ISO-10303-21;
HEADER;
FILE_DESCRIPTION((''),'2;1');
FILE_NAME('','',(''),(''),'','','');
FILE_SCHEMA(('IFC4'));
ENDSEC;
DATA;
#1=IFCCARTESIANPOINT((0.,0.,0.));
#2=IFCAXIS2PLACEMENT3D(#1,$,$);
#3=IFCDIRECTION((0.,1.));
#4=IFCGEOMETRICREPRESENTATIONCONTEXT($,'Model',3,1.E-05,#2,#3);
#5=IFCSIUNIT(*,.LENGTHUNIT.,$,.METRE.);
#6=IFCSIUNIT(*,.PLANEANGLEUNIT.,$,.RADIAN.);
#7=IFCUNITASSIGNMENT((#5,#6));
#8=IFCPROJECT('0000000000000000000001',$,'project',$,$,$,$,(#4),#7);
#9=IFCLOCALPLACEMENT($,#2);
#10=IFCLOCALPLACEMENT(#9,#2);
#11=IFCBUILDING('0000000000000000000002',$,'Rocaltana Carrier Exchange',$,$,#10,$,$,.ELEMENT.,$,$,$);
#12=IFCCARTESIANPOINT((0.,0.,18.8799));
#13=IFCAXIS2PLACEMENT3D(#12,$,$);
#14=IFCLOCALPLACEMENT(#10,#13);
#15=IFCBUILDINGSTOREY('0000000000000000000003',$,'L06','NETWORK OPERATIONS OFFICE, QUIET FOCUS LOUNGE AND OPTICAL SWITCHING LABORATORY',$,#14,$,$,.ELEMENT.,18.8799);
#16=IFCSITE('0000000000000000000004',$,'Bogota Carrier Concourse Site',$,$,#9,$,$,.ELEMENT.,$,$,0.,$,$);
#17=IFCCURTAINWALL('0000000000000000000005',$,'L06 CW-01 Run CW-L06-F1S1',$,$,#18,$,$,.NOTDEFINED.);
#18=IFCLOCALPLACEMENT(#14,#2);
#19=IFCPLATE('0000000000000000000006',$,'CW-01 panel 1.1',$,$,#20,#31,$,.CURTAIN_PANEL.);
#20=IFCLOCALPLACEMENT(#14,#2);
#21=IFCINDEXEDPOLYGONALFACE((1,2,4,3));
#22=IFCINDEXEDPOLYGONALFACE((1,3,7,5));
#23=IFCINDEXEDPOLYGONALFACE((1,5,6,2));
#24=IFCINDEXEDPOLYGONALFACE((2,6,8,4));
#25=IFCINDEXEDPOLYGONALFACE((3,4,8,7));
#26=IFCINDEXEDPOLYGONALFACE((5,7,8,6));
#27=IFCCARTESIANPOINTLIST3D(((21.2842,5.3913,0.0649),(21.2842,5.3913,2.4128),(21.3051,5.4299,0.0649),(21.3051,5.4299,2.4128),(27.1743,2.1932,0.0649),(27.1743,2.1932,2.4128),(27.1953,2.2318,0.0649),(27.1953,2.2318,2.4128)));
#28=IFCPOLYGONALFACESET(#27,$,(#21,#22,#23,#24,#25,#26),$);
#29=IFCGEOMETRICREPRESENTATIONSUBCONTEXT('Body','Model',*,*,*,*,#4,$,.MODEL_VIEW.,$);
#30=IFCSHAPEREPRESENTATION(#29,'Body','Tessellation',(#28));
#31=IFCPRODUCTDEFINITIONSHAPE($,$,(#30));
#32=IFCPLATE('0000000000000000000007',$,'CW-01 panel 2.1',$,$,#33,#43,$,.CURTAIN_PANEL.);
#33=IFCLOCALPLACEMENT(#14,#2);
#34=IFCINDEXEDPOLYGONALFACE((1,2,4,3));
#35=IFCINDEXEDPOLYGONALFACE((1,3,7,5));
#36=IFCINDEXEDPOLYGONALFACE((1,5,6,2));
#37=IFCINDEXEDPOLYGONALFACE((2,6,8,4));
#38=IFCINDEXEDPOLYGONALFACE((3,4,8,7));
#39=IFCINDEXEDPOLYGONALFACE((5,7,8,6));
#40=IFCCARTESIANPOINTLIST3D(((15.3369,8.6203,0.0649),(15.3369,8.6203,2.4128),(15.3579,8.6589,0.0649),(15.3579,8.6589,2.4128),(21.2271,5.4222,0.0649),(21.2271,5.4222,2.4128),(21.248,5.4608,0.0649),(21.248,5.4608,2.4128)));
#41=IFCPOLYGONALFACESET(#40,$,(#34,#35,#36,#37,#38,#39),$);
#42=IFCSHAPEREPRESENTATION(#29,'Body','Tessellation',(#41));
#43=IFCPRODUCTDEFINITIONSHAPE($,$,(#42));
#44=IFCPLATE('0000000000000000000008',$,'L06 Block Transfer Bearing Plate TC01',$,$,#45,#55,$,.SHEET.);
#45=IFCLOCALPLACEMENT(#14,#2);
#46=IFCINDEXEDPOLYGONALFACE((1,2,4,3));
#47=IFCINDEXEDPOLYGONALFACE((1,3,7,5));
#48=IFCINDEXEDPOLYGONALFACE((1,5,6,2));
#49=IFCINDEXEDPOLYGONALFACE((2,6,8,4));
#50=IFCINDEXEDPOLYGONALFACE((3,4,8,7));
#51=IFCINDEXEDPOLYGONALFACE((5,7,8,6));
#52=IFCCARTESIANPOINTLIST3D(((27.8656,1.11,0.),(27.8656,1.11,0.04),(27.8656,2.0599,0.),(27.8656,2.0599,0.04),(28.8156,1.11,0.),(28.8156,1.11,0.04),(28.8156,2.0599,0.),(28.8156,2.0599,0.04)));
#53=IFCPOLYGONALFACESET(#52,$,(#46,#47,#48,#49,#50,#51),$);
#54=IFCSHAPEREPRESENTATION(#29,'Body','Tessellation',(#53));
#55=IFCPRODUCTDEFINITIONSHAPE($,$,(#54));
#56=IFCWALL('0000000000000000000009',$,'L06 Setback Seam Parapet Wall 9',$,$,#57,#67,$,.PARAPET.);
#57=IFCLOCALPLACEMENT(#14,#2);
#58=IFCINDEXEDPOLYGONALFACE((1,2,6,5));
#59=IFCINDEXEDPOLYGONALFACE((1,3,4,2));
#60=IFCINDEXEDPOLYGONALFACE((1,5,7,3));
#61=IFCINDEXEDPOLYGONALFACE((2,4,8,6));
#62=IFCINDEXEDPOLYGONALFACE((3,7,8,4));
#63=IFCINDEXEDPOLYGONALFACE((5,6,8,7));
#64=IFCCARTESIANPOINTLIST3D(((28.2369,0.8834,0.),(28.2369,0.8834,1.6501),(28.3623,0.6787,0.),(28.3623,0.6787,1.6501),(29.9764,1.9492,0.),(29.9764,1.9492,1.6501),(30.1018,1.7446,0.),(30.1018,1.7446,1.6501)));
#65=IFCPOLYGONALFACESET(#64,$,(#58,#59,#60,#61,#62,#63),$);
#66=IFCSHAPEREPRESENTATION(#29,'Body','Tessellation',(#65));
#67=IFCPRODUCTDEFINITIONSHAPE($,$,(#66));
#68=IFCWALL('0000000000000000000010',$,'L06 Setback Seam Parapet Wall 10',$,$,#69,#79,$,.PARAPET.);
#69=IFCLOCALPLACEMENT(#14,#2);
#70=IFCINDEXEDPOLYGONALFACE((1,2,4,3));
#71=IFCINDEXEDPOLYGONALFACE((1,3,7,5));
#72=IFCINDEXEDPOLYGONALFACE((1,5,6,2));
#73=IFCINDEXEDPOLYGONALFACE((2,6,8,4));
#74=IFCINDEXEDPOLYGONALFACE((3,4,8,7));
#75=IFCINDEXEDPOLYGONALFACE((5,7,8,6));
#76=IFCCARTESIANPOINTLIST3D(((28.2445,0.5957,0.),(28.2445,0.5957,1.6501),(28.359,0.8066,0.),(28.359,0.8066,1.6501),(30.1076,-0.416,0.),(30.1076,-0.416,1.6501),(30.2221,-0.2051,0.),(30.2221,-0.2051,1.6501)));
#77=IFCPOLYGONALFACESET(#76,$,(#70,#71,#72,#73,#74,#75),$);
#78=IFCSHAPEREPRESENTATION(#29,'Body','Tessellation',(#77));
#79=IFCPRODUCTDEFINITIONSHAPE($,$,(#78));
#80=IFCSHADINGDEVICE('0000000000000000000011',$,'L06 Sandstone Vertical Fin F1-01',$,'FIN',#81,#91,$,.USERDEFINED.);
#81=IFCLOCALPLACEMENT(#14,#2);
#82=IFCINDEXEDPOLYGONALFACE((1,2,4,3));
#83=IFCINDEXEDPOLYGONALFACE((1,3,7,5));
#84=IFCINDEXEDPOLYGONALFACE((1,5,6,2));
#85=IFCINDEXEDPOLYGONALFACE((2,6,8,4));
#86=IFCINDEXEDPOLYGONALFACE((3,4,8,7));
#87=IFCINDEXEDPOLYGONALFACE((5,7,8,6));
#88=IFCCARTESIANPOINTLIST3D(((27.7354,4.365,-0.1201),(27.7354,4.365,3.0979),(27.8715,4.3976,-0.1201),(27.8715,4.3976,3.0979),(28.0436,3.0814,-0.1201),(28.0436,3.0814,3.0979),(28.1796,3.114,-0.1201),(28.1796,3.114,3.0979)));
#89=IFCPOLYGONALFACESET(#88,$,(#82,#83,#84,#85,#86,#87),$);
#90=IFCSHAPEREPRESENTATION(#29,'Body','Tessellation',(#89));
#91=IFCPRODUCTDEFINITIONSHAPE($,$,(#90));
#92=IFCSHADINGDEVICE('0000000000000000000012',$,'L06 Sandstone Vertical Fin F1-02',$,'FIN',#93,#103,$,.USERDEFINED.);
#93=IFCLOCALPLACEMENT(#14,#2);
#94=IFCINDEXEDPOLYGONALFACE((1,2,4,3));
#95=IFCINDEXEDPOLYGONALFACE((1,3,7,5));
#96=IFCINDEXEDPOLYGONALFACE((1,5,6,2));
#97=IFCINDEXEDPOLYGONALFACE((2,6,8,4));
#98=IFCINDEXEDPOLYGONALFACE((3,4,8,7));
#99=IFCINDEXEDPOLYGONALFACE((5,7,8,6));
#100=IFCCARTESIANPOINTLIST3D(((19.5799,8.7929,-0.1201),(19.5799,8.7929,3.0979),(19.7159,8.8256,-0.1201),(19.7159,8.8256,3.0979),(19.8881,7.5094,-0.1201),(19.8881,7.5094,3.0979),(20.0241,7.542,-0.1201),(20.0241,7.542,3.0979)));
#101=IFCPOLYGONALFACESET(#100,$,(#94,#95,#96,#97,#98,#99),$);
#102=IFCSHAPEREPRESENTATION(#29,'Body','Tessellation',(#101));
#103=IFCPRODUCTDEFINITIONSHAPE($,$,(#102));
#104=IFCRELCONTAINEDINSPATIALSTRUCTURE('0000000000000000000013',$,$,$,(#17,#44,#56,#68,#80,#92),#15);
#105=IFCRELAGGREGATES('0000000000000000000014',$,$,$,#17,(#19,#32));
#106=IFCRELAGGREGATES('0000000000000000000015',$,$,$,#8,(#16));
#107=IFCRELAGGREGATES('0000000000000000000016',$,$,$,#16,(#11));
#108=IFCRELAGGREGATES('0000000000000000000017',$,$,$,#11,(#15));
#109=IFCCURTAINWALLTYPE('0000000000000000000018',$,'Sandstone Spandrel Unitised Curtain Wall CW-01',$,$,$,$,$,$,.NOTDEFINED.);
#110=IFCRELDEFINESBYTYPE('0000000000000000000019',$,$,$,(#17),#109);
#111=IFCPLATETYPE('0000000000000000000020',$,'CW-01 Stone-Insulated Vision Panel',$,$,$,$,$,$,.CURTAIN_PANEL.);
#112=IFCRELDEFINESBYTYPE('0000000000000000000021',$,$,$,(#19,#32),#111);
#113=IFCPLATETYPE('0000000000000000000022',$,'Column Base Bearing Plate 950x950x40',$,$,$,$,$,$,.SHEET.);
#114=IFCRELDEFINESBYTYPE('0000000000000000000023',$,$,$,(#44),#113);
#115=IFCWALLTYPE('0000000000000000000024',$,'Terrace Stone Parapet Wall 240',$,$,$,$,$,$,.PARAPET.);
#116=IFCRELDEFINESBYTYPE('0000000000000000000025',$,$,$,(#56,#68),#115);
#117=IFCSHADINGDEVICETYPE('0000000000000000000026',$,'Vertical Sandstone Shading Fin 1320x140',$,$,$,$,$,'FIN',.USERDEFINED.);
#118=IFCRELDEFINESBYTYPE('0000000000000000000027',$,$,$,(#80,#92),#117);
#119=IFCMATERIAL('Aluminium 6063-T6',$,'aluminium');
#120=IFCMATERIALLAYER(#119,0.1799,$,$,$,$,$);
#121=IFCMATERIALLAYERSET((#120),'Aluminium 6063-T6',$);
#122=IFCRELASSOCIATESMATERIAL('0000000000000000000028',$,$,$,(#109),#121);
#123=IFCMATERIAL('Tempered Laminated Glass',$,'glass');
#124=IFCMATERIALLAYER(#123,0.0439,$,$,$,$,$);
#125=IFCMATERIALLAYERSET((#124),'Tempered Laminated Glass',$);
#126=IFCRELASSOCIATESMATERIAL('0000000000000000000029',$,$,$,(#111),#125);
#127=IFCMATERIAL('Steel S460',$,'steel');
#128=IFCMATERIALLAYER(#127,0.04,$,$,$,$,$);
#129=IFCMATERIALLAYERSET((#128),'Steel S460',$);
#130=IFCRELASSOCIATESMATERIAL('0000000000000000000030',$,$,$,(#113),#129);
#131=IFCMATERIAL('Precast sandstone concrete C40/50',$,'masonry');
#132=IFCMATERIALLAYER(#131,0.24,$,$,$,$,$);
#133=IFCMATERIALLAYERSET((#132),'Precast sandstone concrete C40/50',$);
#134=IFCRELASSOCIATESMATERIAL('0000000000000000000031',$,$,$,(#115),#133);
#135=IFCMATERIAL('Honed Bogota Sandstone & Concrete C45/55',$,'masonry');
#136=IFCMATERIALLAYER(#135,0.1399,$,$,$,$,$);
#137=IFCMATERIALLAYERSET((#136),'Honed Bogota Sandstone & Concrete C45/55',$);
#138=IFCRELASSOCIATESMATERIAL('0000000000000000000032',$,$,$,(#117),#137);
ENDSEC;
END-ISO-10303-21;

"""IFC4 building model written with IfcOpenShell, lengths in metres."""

from ifc_helpers import new_model, si_unit, direction, frame, frame_2d, origin, origin_2d, place, context, subcontext, project, spatial, rectangle, extrude, material, layer, layer_set, type_object, element, aggregate, save


model = new_model("IFC4")

# Units and contexts
model_context = context("Model", 3, precision=1e-05, world=origin(), true_north=direction((0.0, 1.0)))
body_context = subcontext(model_context, "Body", "Model", "MODEL_VIEW")
ifc_project = project(units=[si_unit("LENGTHUNIT", "METRE"), si_unit("PLANEANGLEUNIT", "RADIAN")], contexts=[model_context])

# Site, building, storey
site_placement = place(None, origin())
site = spatial("IfcSite", under=ifc_project, at=site_placement, Name="Bogota Carrier Concourse Site", CompositionType="ELEMENT", RefElevation=0.0)
building_placement = place(site_placement, origin())
building = spatial("IfcBuilding", under=site, at=building_placement, Name="Rocaltana Carrier Exchange", CompositionType="ELEMENT")
storey_placement = place(building_placement, frame((0.0, 0.0, 18.8799)))
storey = spatial("IfcBuildingStorey", under=building, at=storey_placement, Name="L06", Description="NETWORK OPERATIONS OFFICE, QUIET FOCUS LOUNGE AND OPTICAL SWITCHING LABORATORY", CompositionType="ELEMENT", Elevation=18.8799)

# Curtain wall
ifc_material_1 = material(Name="Aluminium 6063-T6", Category="aluminium")
ifc_layer_1 = layer(ifc_material_1, 0.1799)
ifc_layer_set_1 = layer_set([ifc_layer_1], Name="Aluminium 6063-T6")
curtain_wall_type = type_object("IfcCurtainWallType", Name="Sandstone Spandrel Unitised Curtain Wall CW-01", PredefinedType="NOTDEFINED", material=ifc_layer_set_1)
curtain_wall_placement = place(storey_placement, origin())
curtain_wall = element("IfcCurtainWall", 1, at=curtain_wall_placement, inside=storey, type_object=curtain_wall_type, Name="L06 CW-01 Run CW-L06-F1S1", PredefinedType="NOTDEFINED")

# Plates
ifc_material_2 = material(Name="Tempered Laminated Glass", Category="glass")
ifc_layer_2 = layer(ifc_material_2, 0.0439)
ifc_layer_set_2 = layer_set([ifc_layer_2], Name="Tempered Laminated Glass")
plate_type_1 = type_object("IfcPlateType", Name="CW-01 Stone-Insulated Vision Panel", PredefinedType="CURTAIN_PANEL", material=ifc_layer_set_2)
plate_1_placement = place(storey_placement, frame((24.2397, 3.8115, 0.0649), z_axis=(0.0, 0.0, 1.0), x_axis=(-0.878816, 0.477161, 0.0)))
plate_1 = element("IfcPlate", 2, at=plate_1_placement, type_object=plate_type_1, Name="CW-01 panel 1.1", PredefinedType="CURTAIN_PANEL", context=body_context, shape_type="SweptSolid", body=[
    extrude(rectangle(XDim=6.7024, YDim=0.0439, at=origin_2d()), origin(), (0.0, 0.0, 1.0), 2.3479),
])
plate_2_placement = place(storey_placement, frame((18.2925, 7.0405, 0.0649), z_axis=(0.0, 0.0, 1.0), x_axis=(-0.878816, 0.477161, 0.0)))
plate_2 = element("IfcPlate", 3, at=plate_2_placement, type_object=plate_type_1, Name="CW-01 panel 2.1", PredefinedType="CURTAIN_PANEL", context=body_context, shape_type="SweptSolid", body=[
    extrude(rectangle(XDim=6.7024, YDim=0.0439, at=origin_2d()), origin(), (0.0, 0.0, 1.0), 2.3479),
])
aggregate(curtain_wall, [plate_1, plate_2])
ifc_material_3 = material(Name="Steel S460", Category="steel")
ifc_layer_3 = layer(ifc_material_3, 0.04)
ifc_layer_set_3 = layer_set([ifc_layer_3], Name="Steel S460")
plate_type_2 = type_object("IfcPlateType", Name="Column Base Bearing Plate 950x950x40", PredefinedType="SHEET", material=ifc_layer_set_3)
plate_3_placement = place(storey_placement, frame((28.3406, 1.585, 0.0), z_axis=(0.0, 0.0, 1.0), x_axis=(1.0, 0.0, 0.0)))
element("IfcPlate", 4, at=plate_3_placement, inside=storey, type_object=plate_type_2, Name="L06 Block Transfer Bearing Plate TC01", PredefinedType="SHEET", context=body_context, shape_type="SweptSolid", body=[
    extrude(rectangle(XDim=0.95, YDim=0.95, at=origin_2d()), origin(), (0.0, 0.0, 1.0), 0.04),
])

# Walls
ifc_material_4 = material(Name="Precast sandstone concrete C40/50", Category="masonry")
ifc_layer_4 = layer(ifc_material_4, 0.24)
ifc_layer_set_4 = layer_set([ifc_layer_4], Name="Precast sandstone concrete C40/50")
wall_type = type_object("IfcWallType", Name="Terrace Stone Parapet Wall 240", PredefinedType="PARAPET", material=ifc_layer_set_4)
wall_1_placement = place(storey_placement, frame((30.0391, 1.8469, 0.0), z_axis=(0.0, 0.0, 1.0), x_axis=(-0.852651, -0.522481, 0.0)))
element("IfcWall", 5, at=wall_1_placement, inside=storey, type_object=wall_type, Name="L06 Setback Seam Parapet Wall 9", PredefinedType="PARAPET", context=body_context, shape_type="SweptSolid", body=[
    extrude(rectangle(XDim=2.04, YDim=0.24, at=frame_2d((1.02, 0.0))), origin(), (0.0, 0.0, 1.0), 1.6501),
])
wall_2_placement = place(storey_placement, frame((28.3018, 0.7012, 0.0), z_axis=(0.0, 0.0, 1.0), x_axis=(0.878783, -0.477221, 0.0)))
element("IfcWall", 6, at=wall_2_placement, inside=storey, type_object=wall_type, Name="L06 Setback Seam Parapet Wall 10", PredefinedType="PARAPET", context=body_context, shape_type="SweptSolid", body=[
    extrude(rectangle(XDim=2.1201, YDim=0.24, at=frame_2d((1.0601, 0.0))), origin(), (0.0, 0.0, 1.0), 1.6501),
])

# Shading devices
ifc_material_5 = material(Name="Honed Bogota Sandstone & Concrete C45/55", Category="masonry")
ifc_layer_5 = layer(ifc_material_5, 0.1399)
ifc_layer_set_5 = layer_set([ifc_layer_5], Name="Honed Bogota Sandstone & Concrete C45/55")
shading_device_type = type_object("IfcShadingDeviceType", Name="Vertical Sandstone Shading Fin 1320x140", ElementType="FIN", PredefinedType="USERDEFINED", material=ifc_layer_set_5)
for number, where, z_axis, x_axis, name in (
    (7, (27.9575, 3.7395, -0.1201), (0.0, 0.0, 1.0), (-0.233445, 0.97237, 0.0), "L06 Sandstone Vertical Fin F1-01"),
    (8, (19.802, 8.1675, -0.1201), (0.0, 0.0, 1.0), (-0.233445, 0.97237, 0.0), "L06 Sandstone Vertical Fin F1-02"),
):
    element("IfcShadingDevice", number, at=place(storey_placement, frame(where, z_axis=z_axis, x_axis=x_axis)), inside=storey, type_object=shading_device_type, Name=name, ObjectType="FIN", PredefinedType="USERDEFINED", context=body_context, shape_type="SweptSolid", body=[
        extrude(rectangle(XDim=1.3201, YDim=0.1399, at=origin_2d()), origin(), (0.0, 0.0, 1.0), 3.218),
    ])

save(model, "model.ifc")
